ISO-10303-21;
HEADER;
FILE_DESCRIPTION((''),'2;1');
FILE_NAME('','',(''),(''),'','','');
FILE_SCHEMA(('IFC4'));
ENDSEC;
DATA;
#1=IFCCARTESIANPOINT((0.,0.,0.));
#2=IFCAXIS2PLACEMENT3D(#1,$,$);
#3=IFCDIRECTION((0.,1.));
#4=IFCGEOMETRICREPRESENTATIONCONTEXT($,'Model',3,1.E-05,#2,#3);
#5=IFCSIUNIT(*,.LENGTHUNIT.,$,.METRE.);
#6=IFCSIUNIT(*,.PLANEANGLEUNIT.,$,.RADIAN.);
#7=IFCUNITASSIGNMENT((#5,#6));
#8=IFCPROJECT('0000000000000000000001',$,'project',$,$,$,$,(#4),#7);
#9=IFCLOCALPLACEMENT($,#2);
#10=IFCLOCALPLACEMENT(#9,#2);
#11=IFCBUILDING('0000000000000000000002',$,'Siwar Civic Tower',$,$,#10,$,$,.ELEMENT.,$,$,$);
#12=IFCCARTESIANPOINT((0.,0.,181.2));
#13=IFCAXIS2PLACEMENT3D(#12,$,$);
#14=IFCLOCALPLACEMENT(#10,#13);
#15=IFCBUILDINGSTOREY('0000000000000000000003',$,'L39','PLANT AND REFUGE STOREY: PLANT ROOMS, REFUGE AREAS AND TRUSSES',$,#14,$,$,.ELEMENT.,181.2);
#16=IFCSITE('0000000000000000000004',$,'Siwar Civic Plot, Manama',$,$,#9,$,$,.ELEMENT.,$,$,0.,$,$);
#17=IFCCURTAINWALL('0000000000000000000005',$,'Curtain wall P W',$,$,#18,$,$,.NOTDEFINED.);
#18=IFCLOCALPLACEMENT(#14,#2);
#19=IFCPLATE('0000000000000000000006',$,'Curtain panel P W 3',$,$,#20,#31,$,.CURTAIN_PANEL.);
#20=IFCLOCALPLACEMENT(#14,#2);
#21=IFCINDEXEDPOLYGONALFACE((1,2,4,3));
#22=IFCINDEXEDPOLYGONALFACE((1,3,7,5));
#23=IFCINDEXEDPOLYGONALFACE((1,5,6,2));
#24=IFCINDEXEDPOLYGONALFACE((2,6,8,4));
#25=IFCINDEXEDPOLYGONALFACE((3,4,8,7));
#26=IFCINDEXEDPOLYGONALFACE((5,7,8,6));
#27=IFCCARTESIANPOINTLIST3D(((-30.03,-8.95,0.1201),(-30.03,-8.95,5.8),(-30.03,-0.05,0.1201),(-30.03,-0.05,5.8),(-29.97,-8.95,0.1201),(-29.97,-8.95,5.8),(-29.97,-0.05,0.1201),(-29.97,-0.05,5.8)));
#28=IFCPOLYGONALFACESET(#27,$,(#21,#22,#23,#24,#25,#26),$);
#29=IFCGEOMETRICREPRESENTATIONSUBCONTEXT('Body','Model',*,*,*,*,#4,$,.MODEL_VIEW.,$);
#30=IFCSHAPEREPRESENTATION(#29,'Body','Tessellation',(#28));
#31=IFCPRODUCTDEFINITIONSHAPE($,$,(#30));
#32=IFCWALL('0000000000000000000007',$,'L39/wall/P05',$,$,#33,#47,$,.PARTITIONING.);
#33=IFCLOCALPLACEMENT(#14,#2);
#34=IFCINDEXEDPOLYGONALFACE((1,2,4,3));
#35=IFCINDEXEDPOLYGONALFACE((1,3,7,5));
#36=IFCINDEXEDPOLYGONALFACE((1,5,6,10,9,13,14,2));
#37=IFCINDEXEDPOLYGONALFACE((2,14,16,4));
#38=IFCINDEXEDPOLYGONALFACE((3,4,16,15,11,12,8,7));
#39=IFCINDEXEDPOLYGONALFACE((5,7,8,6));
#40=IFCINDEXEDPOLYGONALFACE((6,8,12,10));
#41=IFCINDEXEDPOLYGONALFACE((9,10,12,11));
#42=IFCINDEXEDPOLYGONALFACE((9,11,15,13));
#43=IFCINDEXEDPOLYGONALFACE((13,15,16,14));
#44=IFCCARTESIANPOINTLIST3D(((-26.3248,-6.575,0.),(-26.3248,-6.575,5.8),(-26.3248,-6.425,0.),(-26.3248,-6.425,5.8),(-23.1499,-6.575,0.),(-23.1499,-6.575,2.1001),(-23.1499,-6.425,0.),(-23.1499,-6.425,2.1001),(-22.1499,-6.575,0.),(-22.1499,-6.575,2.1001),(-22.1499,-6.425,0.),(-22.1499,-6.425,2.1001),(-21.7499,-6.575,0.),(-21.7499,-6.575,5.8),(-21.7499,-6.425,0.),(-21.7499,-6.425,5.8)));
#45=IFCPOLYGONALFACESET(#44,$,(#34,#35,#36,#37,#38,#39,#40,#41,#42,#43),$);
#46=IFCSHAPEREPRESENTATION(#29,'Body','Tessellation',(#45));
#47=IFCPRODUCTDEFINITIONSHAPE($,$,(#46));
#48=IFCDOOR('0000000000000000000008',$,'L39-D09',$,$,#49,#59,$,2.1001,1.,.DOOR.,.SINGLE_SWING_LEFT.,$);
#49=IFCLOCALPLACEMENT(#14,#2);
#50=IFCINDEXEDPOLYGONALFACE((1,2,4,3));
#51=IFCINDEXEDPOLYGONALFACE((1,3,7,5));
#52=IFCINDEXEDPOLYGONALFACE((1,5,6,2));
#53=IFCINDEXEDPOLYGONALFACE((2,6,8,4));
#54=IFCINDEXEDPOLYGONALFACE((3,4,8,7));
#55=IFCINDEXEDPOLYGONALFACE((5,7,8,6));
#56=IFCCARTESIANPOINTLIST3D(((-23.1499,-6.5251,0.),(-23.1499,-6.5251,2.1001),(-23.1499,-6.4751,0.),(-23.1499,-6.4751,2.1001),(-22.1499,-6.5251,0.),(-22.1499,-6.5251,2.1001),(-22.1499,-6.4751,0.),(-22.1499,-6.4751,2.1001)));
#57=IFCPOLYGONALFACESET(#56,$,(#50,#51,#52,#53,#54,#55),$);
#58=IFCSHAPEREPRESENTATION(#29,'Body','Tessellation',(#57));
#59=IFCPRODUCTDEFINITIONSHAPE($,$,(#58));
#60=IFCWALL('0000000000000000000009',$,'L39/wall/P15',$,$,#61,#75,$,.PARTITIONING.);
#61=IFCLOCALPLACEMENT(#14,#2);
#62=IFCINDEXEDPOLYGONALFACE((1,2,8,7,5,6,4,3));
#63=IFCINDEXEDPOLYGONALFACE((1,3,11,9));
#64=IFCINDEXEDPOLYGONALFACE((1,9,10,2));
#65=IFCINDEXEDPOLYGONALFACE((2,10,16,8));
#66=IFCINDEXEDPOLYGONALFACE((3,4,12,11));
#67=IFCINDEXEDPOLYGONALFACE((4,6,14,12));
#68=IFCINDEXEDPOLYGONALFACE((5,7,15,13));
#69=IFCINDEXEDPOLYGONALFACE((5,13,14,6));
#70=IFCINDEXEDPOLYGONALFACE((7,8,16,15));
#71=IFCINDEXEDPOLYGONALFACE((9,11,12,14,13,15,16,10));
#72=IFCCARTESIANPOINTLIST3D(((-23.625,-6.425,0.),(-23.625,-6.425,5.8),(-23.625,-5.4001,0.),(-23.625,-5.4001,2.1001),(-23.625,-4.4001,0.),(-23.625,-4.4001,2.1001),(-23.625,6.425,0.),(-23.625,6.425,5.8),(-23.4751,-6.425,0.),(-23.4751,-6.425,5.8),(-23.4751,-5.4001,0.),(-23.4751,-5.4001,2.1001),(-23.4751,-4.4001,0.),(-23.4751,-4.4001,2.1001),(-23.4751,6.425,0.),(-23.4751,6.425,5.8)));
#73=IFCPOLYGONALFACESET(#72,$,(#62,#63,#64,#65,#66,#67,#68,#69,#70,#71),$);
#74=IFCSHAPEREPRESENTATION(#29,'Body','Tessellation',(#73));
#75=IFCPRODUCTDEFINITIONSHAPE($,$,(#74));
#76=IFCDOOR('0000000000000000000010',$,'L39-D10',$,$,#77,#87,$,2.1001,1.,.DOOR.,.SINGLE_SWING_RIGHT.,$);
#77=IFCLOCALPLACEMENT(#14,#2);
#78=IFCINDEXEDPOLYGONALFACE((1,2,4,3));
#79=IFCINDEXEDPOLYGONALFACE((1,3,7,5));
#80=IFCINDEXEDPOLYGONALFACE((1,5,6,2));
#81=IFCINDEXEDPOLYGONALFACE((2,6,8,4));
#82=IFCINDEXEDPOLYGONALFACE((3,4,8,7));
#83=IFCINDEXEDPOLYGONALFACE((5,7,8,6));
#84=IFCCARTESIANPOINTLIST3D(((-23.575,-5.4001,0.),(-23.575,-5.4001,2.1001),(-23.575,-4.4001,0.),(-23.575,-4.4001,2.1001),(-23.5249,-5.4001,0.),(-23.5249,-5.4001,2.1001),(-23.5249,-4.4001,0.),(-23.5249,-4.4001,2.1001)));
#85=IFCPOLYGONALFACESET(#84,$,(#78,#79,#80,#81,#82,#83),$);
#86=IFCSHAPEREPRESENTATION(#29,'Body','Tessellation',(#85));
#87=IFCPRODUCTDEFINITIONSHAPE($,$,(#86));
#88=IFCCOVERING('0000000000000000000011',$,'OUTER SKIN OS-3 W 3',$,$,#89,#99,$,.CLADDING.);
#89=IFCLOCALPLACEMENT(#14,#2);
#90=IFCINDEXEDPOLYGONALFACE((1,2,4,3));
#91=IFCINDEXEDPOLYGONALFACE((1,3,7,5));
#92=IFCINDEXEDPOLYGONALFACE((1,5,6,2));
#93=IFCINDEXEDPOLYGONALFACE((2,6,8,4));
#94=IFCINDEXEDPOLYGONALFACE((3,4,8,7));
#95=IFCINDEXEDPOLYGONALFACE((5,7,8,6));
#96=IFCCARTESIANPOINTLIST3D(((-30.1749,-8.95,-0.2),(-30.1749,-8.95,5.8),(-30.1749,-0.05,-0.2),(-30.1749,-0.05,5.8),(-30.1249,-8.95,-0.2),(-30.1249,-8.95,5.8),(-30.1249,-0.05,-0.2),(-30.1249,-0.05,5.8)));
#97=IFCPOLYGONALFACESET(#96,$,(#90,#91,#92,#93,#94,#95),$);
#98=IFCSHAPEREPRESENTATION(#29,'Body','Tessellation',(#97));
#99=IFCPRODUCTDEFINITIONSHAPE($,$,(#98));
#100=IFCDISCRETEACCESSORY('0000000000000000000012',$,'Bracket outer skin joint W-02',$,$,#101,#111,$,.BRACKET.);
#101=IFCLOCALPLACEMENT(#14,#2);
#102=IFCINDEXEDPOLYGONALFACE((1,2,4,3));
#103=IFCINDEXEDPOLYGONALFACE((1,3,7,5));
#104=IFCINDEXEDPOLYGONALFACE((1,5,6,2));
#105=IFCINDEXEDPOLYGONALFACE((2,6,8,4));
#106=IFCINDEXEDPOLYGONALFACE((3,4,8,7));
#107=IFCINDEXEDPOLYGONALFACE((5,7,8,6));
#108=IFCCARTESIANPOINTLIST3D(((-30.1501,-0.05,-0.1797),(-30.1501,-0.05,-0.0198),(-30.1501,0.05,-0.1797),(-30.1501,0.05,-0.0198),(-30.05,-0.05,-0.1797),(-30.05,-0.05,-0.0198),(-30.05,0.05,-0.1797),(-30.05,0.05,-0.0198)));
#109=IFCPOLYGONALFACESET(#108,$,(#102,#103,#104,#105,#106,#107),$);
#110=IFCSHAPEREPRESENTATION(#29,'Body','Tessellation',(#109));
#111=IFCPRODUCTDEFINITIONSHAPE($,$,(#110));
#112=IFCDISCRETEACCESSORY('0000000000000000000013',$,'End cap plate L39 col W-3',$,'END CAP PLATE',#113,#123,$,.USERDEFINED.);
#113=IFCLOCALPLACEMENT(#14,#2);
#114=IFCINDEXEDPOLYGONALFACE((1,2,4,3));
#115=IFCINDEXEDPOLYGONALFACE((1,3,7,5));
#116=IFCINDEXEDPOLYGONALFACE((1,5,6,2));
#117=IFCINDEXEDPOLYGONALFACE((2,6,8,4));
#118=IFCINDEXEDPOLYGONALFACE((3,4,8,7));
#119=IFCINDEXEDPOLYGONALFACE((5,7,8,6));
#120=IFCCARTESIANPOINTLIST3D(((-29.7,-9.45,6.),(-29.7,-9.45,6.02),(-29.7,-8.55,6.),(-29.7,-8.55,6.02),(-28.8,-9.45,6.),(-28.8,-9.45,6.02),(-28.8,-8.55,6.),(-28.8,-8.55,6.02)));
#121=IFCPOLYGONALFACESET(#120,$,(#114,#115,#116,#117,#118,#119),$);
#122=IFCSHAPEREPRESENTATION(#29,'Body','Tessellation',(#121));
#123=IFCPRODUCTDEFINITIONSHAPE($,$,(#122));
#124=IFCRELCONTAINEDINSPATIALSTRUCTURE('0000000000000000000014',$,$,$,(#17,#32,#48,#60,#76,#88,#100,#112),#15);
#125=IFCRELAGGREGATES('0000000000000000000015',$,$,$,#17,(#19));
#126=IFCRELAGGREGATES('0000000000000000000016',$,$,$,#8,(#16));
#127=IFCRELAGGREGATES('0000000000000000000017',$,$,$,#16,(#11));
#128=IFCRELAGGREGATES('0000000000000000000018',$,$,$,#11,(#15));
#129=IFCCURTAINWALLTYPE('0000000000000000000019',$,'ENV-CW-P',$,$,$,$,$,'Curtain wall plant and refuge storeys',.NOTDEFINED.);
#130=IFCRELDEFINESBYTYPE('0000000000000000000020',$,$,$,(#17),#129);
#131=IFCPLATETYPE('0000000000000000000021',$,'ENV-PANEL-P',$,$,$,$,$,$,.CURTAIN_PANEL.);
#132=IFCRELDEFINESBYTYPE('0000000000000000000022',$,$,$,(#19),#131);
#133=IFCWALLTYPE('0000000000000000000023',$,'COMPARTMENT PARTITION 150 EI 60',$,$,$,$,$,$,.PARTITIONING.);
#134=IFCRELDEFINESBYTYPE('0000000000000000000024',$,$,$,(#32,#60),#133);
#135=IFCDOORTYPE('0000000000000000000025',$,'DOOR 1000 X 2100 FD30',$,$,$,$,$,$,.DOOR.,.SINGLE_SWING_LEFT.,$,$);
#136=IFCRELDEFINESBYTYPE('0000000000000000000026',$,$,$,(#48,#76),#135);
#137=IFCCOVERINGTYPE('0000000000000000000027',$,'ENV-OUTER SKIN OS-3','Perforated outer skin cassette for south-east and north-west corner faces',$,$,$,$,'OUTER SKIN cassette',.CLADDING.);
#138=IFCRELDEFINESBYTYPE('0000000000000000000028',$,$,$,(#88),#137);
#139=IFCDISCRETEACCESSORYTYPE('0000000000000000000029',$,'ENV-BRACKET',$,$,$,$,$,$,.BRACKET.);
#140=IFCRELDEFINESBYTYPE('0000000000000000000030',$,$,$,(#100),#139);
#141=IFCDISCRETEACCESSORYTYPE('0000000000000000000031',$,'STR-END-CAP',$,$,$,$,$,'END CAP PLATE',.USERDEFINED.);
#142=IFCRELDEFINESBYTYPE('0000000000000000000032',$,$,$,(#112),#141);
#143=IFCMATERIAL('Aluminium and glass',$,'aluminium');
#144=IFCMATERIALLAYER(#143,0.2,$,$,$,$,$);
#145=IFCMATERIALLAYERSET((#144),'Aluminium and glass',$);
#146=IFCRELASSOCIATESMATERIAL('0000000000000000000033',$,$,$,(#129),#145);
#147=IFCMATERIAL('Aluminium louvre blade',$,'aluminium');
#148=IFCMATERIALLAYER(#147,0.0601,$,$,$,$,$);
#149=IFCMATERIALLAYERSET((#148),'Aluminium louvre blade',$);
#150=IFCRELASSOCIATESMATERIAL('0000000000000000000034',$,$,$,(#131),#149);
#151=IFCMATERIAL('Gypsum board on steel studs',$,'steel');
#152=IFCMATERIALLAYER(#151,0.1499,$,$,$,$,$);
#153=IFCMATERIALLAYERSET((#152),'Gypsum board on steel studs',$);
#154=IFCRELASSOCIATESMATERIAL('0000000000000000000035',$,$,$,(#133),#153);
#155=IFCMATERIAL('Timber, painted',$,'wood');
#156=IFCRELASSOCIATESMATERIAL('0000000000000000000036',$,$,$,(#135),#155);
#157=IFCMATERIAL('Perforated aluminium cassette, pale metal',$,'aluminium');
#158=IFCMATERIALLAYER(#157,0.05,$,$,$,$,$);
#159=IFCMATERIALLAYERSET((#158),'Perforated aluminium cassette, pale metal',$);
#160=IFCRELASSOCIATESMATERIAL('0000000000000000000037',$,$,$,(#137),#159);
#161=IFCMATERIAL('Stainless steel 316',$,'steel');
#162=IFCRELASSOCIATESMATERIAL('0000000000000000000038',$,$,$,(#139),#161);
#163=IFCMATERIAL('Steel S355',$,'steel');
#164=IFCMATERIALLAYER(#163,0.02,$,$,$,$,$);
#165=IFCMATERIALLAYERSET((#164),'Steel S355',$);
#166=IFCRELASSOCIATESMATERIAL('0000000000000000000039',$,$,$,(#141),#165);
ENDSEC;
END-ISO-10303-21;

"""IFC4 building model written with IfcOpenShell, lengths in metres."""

from ifc_helpers import new_model, si_unit, direction, frame, frame_2d, origin, origin_2d, place, context, subcontext, project, spatial, rectangle, extrude, material, layer, layer_set, type_object, element, fill, aggregate, save


model = new_model("IFC4")

# Units and contexts
model_context = context("Model", 3, precision=1e-05, world=origin(), true_north=direction((0.0, 1.0)))
body_context = subcontext(model_context, "Body", "Model", "MODEL_VIEW")
ifc_project = project(units=[si_unit("LENGTHUNIT", "METRE"), si_unit("PLANEANGLEUNIT", "RADIAN")], contexts=[model_context])

# Site, building, storey
site_placement = place(None, origin())
site = spatial("IfcSite", under=ifc_project, at=site_placement, Name="Siwar Civic Plot, Manama", CompositionType="ELEMENT", RefElevation=0.0)
building_placement = place(site_placement, origin())
building = spatial("IfcBuilding", under=site, at=building_placement, Name="Siwar Civic Tower", CompositionType="ELEMENT")
storey_placement = place(building_placement, frame((0.0, 0.0, 181.2)))
storey = spatial("IfcBuildingStorey", under=building, at=storey_placement, Name="L39", Description="PLANT AND REFUGE STOREY: PLANT ROOMS, REFUGE AREAS AND TRUSSES", CompositionType="ELEMENT", Elevation=181.2)

# Curtain wall
ifc_material_1 = material(Name="Aluminium and glass", Category="aluminium")
ifc_layer_1 = layer(ifc_material_1, 0.2)
ifc_layer_set_1 = layer_set([ifc_layer_1], Name="Aluminium and glass")
curtain_wall_type = type_object("IfcCurtainWallType", Name="ENV-CW-P", ElementType="Curtain wall plant and refuge storeys", PredefinedType="NOTDEFINED", material=ifc_layer_set_1)
curtain_wall_placement = place(storey_placement, origin())
curtain_wall = element("IfcCurtainWall", 1, at=curtain_wall_placement, inside=storey, type_object=curtain_wall_type, Name="Curtain wall P W", PredefinedType="NOTDEFINED")

# Plate
ifc_material_2 = material(Name="Aluminium louvre blade", Category="aluminium")
ifc_layer_2 = layer(ifc_material_2, 0.0601)
ifc_layer_set_2 = layer_set([ifc_layer_2], Name="Aluminium louvre blade")
plate_type = type_object("IfcPlateType", Name="ENV-PANEL-P", PredefinedType="CURTAIN_PANEL", material=ifc_layer_set_2)
plate_placement = place(storey_placement, frame((-30.0, -4.5, 0.1201), z_axis=(0.0, 0.0, 1.0), x_axis=(0.0, -1.0, 0.0)))
plate = element("IfcPlate", 2, at=plate_placement, type_object=plate_type, Name="Curtain panel P W 3", PredefinedType="CURTAIN_PANEL", context=body_context, shape_type="SweptSolid", body=[
    extrude(rectangle(XDim=8.8999, YDim=0.0601, at=origin_2d()), origin(), (0.0, 0.0, 1.0), 5.6799),
])
aggregate(curtain_wall, [plate])

# Walls, openings, doors
ifc_material_3 = material(Name="Gypsum board on steel studs", Category="steel")
ifc_layer_3 = layer(ifc_material_3, 0.1499)
ifc_layer_set_3 = layer_set([ifc_layer_3], Name="Gypsum board on steel studs")
wall_type = type_object("IfcWallType", Name="COMPARTMENT PARTITION 150 EI 60", PredefinedType="PARTITIONING", material=ifc_layer_set_3)
wall_1_placement = place(storey_placement, frame((-26.325, -6.5, 0.0), z_axis=(0.0, 0.0, 1.0), x_axis=(1.0, 0.0, 0.0)))
wall_1 = element("IfcWall", 3, at=wall_1_placement, inside=storey, type_object=wall_type, Name="L39/wall/P05", PredefinedType="PARTITIONING", context=body_context, shape_type="SweptSolid", body=[
    extrude(rectangle(XDim=4.575, YDim=0.1499, at=frame_2d((2.2876, 0.0))), origin(), (0.0, 0.0, 1.0), 5.8),
])
opening_1_placement = place(wall_1_placement, frame((3.175, 0.0, 0.0)))
opening_1 = element("IfcOpeningElement", 4, at=opening_1_placement, cuts=wall_1, PredefinedType="OPENING", context=body_context, shape_type="SweptSolid", body=[
    extrude(rectangle(XDim=1.0, YDim=2.1001, at=frame_2d((0.5, 1.05))), frame((0.0, 0.085, 0.0), z_axis=(0.0, -1.0, 0.0), x_axis=(1.0, 0.0, 0.0)), (0.0, 0.0, 1.0), 0.1699),
])
ifc_material_4 = material(Name="Timber, painted", Category="wood")
door_type = type_object("IfcDoorType", Name="DOOR 1000 X 2100 FD30", OperationType="SINGLE_SWING_LEFT", PredefinedType="DOOR", material=ifc_material_4)
door_1_placement = place(opening_1_placement, origin())
door_1 = element("IfcDoor", 5, at=door_1_placement, inside=storey, type_object=door_type, Name="L39-D09", OperationType="SINGLE_SWING_LEFT", OverallHeight=2.1001, OverallWidth=1.0, PredefinedType="DOOR", context=body_context, shape_type="SweptSolid", body=[
    extrude(rectangle(XDim=1.0, YDim=2.1001, at=frame_2d((0.5, 1.05))), frame((0.0, 0.0249, 0.0), z_axis=(0.0, -1.0, 0.0), x_axis=(1.0, 0.0, 0.0)), (0.0, 0.0, 1.0), 0.05),
])
fill(opening_1, door_1)
wall_2_placement = place(storey_placement, frame((-23.55, -6.425, 0.0), z_axis=(0.0, 0.0, 1.0), x_axis=(0.0, 1.0, 0.0)))
wall_2 = element("IfcWall", 6, at=wall_2_placement, inside=storey, type_object=wall_type, Name="L39/wall/P15", PredefinedType="PARTITIONING", context=body_context, shape_type="SweptSolid", body=[
    extrude(rectangle(XDim=12.8501, YDim=0.1499, at=frame_2d((6.425, 0.0))), origin(), (0.0, 0.0, 1.0), 5.8),
])
opening_2_placement = place(wall_2_placement, frame((1.0249, 0.0, 0.0)))
opening_2 = element("IfcOpeningElement", 7, at=opening_2_placement, cuts=wall_2, PredefinedType="OPENING", context=body_context, shape_type="SweptSolid", body=[
    extrude(rectangle(XDim=1.0, YDim=2.1001, at=frame_2d((0.5, 1.05))), frame((0.0, 0.085, 0.0), z_axis=(0.0, -1.0, 0.0), x_axis=(1.0, 0.0, 0.0)), (0.0, 0.0, 1.0), 0.1699),
])
door_2_placement = place(opening_2_placement, origin())
door_2 = element("IfcDoor", 8, at=door_2_placement, inside=storey, type_object=door_type, Name="L39-D10", OperationType="SINGLE_SWING_RIGHT", OverallHeight=2.1001, OverallWidth=1.0, PredefinedType="DOOR", context=body_context, shape_type="SweptSolid", body=[
    extrude(rectangle(XDim=1.0, YDim=2.1001, at=frame_2d((0.5, 1.05))), frame((0.0, 0.0249, 0.0), z_axis=(0.0, -1.0, 0.0), x_axis=(1.0, 0.0, 0.0)), (0.0, 0.0, 1.0), 0.05),
])
fill(opening_2, door_2)

# Covering
ifc_material_5 = material(Name="Perforated aluminium cassette, pale metal", Category="aluminium")
ifc_layer_4 = layer(ifc_material_5, 0.05)
ifc_layer_set_4 = layer_set([ifc_layer_4], Name="Perforated aluminium cassette, pale metal")
covering_type = type_object("IfcCoveringType", Name="ENV-OUTER SKIN OS-3", Description="Perforated outer skin cassette for south-east and north-west corner faces", ElementType="OUTER SKIN cassette", PredefinedType="CLADDING", material=ifc_layer_set_4)
covering_placement = place(storey_placement, frame((-30.1499, -4.5, -0.2), z_axis=(0.0, 0.0, 1.0), x_axis=(0.0, -1.0, 0.0)))
element("IfcCovering", 9, at=covering_placement, inside=storey, type_object=covering_type, Name="OUTER SKIN OS-3 W 3", PredefinedType="CLADDING", context=body_context, shape_type="SweptSolid", body=[
    extrude(rectangle(XDim=8.8999, YDim=0.05, at=origin_2d()), origin(), (0.0, 0.0, 1.0), 6.0),
])

# Discrete accessories
ifc_material_6 = material(Name="Stainless steel 316", Category="steel")
discrete_accessory_type_1 = type_object("IfcDiscreteAccessoryType", Name="ENV-BRACKET", PredefinedType="BRACKET", material=ifc_material_6)
discrete_accessory_1_placement = place(storey_placement, frame((-30.1001, 0.0, -0.1797), z_axis=(0.0, 0.0, 1.0), x_axis=(-1.0, 0.0, 0.0)))
element("IfcDiscreteAccessory", 10, at=discrete_accessory_1_placement, inside=storey, type_object=discrete_accessory_type_1, Name="Bracket outer skin joint W-02", PredefinedType="BRACKET", context=body_context, shape_type="SweptSolid", body=[
    extrude(rectangle(XDim=0.1001, YDim=0.1001, at=origin_2d()), origin(), (0.0, 0.0, 1.0), 0.1599),
])
ifc_material_7 = material(Name="Steel S355", Category="steel")
ifc_layer_5 = layer(ifc_material_7, 0.02)
ifc_layer_set_5 = layer_set([ifc_layer_5], Name="Steel S355")
discrete_accessory_type_2 = type_object("IfcDiscreteAccessoryType", Name="STR-END-CAP", ElementType="END CAP PLATE", PredefinedType="USERDEFINED", material=ifc_layer_set_5)
discrete_accessory_2_placement = place(storey_placement, frame((-29.25, -9.0, 6.0), z_axis=(0.0, 0.0, 1.0), x_axis=(1.0, 0.0, 0.0)))
element("IfcDiscreteAccessory", 11, at=discrete_accessory_2_placement, inside=storey, type_object=discrete_accessory_type_2, Name="End cap plate L39 col W-3", ObjectType="END CAP PLATE", PredefinedType="USERDEFINED", context=body_context, shape_type="SweptSolid", body=[
    extrude(rectangle(XDim=0.8999, YDim=0.8999, at=origin_2d()), origin(), (0.0, 0.0, 1.0), 0.02),
])

save(model, "model.ifc")
